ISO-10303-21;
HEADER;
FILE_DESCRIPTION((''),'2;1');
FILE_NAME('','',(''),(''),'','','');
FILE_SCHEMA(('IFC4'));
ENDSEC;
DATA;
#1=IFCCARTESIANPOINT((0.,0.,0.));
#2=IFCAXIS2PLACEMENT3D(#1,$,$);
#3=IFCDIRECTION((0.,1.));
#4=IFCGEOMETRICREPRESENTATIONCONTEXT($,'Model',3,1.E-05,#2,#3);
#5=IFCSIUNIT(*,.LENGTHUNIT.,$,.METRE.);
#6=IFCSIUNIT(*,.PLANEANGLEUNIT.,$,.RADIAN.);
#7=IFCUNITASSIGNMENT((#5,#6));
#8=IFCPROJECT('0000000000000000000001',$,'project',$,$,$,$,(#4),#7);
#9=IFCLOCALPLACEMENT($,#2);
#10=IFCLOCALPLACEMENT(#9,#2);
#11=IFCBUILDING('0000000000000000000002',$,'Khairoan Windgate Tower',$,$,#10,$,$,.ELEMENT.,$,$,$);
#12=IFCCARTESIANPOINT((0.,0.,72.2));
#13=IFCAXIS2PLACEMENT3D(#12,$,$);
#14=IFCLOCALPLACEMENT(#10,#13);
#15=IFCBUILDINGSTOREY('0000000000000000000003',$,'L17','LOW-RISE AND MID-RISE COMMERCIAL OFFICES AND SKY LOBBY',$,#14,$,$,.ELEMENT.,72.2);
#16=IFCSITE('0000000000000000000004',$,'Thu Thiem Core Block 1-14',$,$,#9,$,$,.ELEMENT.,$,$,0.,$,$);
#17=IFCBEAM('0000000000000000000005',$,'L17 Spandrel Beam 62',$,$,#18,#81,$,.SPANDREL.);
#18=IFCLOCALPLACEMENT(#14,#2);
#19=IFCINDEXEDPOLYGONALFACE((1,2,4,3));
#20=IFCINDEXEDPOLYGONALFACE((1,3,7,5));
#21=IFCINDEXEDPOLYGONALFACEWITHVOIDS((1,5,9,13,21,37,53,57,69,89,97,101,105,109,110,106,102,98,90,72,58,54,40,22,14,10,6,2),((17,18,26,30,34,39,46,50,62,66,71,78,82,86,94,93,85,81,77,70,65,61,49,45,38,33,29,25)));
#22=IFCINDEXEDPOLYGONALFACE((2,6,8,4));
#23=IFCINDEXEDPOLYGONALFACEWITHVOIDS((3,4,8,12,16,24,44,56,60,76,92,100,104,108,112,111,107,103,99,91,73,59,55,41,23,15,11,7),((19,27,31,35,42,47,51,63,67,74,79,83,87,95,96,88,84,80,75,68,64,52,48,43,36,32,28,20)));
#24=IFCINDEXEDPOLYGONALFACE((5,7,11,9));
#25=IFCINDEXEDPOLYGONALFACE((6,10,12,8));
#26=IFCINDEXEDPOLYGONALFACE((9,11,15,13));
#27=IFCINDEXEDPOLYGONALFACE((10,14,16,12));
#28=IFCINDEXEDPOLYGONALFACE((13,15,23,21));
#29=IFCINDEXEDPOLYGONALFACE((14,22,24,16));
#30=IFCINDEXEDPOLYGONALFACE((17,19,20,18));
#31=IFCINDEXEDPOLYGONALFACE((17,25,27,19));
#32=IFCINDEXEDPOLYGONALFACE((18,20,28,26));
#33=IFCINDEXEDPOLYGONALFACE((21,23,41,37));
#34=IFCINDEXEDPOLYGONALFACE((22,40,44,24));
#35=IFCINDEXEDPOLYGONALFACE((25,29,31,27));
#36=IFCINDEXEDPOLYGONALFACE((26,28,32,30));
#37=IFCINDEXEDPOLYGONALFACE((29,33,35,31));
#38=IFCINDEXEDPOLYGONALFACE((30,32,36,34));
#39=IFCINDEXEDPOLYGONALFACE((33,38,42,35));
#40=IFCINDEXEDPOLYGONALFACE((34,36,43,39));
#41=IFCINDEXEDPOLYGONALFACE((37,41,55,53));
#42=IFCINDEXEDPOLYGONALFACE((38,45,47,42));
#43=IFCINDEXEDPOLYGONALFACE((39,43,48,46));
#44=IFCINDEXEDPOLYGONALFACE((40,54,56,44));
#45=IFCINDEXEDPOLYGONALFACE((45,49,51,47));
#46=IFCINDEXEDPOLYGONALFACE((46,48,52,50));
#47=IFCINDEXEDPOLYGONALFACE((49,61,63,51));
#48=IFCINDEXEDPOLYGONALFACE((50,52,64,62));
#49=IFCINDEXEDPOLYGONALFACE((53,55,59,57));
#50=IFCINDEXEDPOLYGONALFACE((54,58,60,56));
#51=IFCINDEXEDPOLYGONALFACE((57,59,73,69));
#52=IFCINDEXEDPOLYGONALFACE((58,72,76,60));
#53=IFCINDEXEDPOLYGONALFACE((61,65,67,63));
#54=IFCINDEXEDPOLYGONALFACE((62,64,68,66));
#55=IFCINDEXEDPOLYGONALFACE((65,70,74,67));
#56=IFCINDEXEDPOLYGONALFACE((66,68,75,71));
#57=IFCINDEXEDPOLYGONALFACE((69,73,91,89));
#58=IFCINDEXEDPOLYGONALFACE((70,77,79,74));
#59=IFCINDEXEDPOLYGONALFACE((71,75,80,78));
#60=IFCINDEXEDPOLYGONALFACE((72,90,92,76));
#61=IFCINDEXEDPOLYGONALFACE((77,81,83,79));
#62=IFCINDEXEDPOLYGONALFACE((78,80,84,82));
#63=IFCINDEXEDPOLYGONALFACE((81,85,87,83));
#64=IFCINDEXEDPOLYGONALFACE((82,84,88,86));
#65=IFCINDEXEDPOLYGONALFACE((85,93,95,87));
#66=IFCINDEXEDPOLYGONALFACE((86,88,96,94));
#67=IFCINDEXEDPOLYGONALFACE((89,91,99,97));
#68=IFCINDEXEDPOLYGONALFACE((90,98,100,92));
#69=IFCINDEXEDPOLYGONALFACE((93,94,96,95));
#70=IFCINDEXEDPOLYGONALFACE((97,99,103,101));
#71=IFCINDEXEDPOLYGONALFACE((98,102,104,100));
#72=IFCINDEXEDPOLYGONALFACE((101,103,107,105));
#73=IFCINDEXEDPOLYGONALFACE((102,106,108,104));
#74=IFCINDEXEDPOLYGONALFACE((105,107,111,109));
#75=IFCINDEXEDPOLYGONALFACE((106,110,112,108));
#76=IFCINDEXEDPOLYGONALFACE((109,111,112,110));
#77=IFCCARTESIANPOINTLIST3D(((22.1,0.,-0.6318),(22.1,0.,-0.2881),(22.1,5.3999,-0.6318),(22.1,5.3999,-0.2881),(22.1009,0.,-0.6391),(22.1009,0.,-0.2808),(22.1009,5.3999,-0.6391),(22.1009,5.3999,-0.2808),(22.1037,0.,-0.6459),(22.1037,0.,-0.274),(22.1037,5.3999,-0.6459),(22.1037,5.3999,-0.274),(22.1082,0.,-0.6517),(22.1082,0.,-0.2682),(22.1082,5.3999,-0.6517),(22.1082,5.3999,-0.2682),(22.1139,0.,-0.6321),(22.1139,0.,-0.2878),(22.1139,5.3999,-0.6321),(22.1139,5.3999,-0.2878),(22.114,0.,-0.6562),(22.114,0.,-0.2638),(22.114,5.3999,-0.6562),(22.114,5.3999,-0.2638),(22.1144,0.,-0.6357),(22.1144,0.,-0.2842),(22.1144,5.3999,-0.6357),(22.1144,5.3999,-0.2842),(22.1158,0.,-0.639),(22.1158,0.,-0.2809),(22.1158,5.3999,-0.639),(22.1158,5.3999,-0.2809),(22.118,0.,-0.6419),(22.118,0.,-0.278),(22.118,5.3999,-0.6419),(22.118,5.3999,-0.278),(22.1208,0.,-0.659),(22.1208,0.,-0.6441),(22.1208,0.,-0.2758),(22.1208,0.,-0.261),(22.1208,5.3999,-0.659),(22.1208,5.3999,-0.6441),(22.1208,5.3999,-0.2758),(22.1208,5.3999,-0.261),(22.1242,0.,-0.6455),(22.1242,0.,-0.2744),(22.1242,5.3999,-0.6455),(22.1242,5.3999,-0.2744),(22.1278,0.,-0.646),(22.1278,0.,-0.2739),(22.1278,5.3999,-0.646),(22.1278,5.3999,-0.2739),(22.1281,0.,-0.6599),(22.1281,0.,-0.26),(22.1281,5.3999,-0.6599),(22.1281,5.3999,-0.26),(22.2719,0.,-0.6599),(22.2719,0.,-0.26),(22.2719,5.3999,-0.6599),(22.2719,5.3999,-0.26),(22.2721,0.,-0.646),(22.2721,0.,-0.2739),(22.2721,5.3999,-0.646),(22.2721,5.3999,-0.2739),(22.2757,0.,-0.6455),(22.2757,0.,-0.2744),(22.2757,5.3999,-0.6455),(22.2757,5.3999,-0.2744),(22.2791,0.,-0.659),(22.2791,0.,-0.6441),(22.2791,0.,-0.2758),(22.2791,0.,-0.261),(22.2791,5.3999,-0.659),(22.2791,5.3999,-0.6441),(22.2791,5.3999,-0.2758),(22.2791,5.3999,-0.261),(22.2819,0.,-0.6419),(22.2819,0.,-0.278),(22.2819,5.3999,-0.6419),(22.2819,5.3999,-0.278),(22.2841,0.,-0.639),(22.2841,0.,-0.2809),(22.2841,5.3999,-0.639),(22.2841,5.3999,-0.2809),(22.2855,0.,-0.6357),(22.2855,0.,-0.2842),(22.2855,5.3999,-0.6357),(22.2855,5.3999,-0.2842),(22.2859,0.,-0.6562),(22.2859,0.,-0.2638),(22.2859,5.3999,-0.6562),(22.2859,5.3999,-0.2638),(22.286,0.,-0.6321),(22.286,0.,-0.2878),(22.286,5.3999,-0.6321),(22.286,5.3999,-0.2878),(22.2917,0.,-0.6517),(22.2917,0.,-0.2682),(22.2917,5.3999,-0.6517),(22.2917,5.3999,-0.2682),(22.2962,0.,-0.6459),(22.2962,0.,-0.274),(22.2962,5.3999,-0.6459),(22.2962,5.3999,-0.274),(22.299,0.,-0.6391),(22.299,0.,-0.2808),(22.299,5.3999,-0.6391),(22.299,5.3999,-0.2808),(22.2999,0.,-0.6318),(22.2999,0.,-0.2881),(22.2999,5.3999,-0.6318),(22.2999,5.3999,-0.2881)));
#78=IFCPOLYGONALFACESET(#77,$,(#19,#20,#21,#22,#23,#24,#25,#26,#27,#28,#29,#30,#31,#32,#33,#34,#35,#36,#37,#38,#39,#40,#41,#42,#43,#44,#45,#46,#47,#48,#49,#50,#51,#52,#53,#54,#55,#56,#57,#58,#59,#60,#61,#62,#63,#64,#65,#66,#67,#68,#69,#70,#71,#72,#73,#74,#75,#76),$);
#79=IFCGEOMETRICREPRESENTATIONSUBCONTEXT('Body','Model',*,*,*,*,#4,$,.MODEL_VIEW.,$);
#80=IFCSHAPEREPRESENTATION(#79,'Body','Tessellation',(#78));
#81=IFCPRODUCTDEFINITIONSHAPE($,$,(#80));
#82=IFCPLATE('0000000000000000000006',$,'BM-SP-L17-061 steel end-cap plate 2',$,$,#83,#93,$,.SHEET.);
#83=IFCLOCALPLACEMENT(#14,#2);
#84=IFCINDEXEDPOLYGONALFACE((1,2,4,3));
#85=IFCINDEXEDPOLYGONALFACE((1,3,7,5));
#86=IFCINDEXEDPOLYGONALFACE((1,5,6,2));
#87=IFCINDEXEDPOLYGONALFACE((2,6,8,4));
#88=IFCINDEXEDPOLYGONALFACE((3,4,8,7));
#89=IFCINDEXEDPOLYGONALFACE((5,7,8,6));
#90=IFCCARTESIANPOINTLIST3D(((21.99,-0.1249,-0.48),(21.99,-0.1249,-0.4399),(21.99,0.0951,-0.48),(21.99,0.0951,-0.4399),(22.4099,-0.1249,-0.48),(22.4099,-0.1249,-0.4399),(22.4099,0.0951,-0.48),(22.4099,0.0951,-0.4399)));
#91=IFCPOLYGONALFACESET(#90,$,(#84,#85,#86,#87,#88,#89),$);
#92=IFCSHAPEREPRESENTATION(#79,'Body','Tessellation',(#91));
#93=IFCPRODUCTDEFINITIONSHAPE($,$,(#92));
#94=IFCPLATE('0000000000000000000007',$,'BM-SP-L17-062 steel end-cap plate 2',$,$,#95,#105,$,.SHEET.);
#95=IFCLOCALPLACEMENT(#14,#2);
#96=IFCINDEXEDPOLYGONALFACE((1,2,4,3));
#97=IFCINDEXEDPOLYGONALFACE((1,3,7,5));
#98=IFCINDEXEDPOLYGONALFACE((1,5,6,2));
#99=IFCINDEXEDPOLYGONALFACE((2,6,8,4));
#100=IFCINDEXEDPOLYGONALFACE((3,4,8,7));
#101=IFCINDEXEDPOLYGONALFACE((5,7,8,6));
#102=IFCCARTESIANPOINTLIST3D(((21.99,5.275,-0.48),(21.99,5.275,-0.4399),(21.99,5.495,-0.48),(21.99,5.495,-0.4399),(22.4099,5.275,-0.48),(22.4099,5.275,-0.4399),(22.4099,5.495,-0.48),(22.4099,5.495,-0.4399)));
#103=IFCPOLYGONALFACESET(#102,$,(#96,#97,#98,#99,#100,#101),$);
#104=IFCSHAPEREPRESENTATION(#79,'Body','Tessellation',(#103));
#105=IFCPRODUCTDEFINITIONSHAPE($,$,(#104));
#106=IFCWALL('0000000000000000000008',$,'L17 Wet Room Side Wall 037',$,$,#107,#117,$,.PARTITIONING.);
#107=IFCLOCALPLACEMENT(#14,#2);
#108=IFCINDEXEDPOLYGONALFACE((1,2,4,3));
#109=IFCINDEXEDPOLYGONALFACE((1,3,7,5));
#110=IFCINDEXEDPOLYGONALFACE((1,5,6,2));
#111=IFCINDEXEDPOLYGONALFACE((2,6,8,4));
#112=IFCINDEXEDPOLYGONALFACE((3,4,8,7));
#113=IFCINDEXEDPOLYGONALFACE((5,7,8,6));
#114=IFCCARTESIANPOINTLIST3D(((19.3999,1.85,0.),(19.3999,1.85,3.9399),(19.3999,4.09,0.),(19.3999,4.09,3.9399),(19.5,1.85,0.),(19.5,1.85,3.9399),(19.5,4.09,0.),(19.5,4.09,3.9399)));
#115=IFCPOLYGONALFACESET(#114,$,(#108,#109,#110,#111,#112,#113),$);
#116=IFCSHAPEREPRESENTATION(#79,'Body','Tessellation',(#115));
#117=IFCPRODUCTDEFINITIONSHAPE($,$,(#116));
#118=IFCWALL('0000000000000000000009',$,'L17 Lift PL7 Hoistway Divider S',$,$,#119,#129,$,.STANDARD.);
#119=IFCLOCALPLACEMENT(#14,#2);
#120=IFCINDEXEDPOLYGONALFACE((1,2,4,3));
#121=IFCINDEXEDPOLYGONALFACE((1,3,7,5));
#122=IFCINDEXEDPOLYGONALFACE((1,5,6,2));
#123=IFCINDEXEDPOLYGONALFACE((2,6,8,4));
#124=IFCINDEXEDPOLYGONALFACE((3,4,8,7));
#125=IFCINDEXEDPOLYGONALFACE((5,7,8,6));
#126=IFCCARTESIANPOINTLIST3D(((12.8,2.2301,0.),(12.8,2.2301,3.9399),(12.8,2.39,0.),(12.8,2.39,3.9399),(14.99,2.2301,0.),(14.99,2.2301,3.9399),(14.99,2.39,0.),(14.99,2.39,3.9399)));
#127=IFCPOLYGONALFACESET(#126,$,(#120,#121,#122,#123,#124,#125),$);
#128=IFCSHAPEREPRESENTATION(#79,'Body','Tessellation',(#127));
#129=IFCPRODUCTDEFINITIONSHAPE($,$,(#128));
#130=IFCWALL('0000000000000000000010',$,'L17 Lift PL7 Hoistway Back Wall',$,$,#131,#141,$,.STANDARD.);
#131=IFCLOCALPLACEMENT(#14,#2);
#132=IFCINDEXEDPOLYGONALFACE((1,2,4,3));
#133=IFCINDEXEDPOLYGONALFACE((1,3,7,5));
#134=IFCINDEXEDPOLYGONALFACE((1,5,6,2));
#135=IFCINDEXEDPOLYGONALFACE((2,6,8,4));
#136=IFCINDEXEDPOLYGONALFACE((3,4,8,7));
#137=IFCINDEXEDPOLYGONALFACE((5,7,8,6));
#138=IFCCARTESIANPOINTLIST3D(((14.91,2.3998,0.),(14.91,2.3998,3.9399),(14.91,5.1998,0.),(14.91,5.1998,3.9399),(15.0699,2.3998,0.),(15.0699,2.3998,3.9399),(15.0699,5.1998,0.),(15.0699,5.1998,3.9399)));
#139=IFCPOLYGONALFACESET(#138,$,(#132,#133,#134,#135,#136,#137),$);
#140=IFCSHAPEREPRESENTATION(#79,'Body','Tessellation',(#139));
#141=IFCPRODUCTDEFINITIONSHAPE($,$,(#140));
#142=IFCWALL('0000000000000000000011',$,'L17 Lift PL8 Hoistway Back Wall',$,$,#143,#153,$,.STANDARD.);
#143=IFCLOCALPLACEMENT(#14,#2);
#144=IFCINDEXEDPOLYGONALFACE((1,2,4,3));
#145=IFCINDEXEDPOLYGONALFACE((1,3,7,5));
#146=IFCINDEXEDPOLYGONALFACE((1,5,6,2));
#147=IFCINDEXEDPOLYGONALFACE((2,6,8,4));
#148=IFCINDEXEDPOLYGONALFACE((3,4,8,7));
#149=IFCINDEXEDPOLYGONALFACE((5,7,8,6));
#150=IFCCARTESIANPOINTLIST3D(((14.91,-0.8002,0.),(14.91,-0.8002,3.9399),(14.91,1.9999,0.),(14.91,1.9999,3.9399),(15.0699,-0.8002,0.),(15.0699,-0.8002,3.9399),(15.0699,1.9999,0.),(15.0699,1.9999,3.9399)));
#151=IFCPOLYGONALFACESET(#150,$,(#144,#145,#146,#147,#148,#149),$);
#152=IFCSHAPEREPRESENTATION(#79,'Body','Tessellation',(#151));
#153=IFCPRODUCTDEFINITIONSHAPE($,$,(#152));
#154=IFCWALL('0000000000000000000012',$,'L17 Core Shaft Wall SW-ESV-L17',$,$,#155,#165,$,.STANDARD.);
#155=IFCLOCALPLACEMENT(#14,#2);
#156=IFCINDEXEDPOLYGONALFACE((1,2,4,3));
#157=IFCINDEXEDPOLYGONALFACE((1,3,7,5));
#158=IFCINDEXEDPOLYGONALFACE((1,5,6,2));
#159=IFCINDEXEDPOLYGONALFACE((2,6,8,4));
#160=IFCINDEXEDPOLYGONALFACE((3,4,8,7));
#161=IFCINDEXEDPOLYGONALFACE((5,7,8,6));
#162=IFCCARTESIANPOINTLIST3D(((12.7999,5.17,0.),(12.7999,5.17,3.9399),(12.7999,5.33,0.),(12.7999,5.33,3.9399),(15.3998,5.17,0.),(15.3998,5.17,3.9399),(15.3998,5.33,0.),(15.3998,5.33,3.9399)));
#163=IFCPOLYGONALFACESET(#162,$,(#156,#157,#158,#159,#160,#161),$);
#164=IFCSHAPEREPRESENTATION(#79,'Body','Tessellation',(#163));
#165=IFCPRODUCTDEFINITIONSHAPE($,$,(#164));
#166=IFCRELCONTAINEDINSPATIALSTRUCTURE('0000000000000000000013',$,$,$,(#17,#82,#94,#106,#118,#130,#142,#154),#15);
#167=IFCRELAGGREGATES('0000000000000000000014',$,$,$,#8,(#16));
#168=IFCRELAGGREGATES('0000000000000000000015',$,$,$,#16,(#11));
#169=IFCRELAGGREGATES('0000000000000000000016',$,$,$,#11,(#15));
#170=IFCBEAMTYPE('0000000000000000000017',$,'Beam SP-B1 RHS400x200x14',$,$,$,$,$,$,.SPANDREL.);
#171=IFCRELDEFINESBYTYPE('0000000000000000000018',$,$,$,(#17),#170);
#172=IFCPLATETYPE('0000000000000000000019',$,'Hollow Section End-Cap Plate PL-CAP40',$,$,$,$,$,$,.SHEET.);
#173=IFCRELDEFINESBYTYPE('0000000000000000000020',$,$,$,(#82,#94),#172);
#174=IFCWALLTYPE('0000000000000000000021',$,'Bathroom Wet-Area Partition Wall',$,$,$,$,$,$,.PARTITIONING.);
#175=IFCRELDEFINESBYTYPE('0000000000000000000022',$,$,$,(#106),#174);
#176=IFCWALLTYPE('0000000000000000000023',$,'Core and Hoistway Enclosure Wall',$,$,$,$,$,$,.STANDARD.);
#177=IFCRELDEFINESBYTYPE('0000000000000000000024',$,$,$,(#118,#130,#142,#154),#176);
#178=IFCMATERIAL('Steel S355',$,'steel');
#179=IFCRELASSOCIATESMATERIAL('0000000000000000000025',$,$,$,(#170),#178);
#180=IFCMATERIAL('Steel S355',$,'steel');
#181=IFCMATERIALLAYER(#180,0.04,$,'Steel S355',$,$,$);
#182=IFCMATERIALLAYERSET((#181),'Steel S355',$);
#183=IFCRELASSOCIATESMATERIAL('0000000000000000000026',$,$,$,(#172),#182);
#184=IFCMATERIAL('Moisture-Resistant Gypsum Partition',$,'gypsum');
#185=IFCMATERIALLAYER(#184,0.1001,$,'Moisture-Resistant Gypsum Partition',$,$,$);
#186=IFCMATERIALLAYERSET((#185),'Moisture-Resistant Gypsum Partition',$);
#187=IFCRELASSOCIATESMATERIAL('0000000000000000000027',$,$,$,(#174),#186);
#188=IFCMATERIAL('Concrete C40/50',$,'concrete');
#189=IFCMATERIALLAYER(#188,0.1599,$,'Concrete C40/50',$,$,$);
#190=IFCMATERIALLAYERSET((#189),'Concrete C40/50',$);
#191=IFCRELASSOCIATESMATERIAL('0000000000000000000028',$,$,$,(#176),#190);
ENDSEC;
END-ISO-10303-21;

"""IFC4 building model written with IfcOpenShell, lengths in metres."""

from ifc_helpers import new_model, si_unit, direction, frame, frame_2d, origin, origin_2d, place, context, subcontext, project, spatial, rectangle, hollow_rectangle, extrude, material, layer, layer_set, material_profile, profile_set, type_object, element, save


model = new_model("IFC4")

# Units and contexts
model_context = context("Model", 3, precision=1e-05, world=origin(), true_north=direction((0.0, 1.0)))
body_context = subcontext(model_context, "Body", "Model", "MODEL_VIEW")
ifc_project = project(units=[si_unit("LENGTHUNIT", "METRE"), si_unit("PLANEANGLEUNIT", "RADIAN")], contexts=[model_context])

# Site, building, storey
site_placement = place(None, origin())
site = spatial("IfcSite", under=ifc_project, at=site_placement, Name="Thu Thiem Core Block 1-14", CompositionType="ELEMENT", RefElevation=0.0)
building_placement = place(site_placement, origin())
building = spatial("IfcBuilding", under=site, at=building_placement, Name="Khairoan Windgate Tower", CompositionType="ELEMENT")
storey_placement = place(building_placement, frame((0.0, 0.0, 72.2)))
storey = spatial("IfcBuildingStorey", under=building, at=storey_placement, Name="L17", Description="LOW-RISE AND MID-RISE COMMERCIAL OFFICES AND SKY LOBBY", CompositionType="ELEMENT", Elevation=72.2)

# Beam
ifc_material_1 = material(Name="Steel S355", Category="steel")
ifc_material_profile_1 = material_profile(ifc_material_1, hollow_rectangle(XDim=0.2, YDim=0.3999, WallThickness=0.0139, InnerFilletRadius=0.0139, OuterFilletRadius=0.0281, at=origin_2d()))
ifc_profile_set_1 = profile_set([ifc_material_profile_1], Name="Steel S355")
beam_type_1 = type_object("IfcBeamType", Name="Beam SP-B1 RHS400x200x14", PredefinedType="SPANDREL", material=ifc_profile_set_1)
beam_1_placement = place(storey_placement, frame((22.2, 0.0, -0.46), z_axis=(0.0, 1.0, 0.0), x_axis=(-1.0, 0.0, 0.0)))
element("IfcBeam", 1, at=beam_1_placement, inside=storey, type_object=beam_type_1, Name="L17 Spandrel Beam 62", PredefinedType="SPANDREL", context=body_context, shape_type="SweptSolid", body=[
    extrude(hollow_rectangle(XDim=0.2, YDim=0.3999, WallThickness=0.0139, InnerFilletRadius=0.0139, OuterFilletRadius=0.0281, at=origin_2d()), origin(), (0.0, 0.0, 1.0), 5.3999),
])

# Plates
ifc_material_2 = material(Name="Steel S355", Category="steel")
ifc_layer_1 = layer(ifc_material_2, 0.04, Name="Steel S355")
ifc_layer_set_1 = layer_set([ifc_layer_1], Name="Steel S355")
plate_type = type_object("IfcPlateType", Name="Hollow Section End-Cap Plate PL-CAP40", PredefinedType="SHEET", material=ifc_layer_set_1)
for number, where, z_axis, x_axis, name in (
    (2, (22.2, -0.0149, -0.48), (0.0, 0.0, 1.0), (0.0, 1.0, 0.0), "BM-SP-L17-061 steel end-cap plate 2"),
    (3, (22.2, 5.385, -0.48), (0.0, 0.0, 1.0), (0.0, 1.0, 0.0), "BM-SP-L17-062 steel end-cap plate 2"),
):
    element("IfcPlate", number, at=place(storey_placement, frame(where, z_axis=z_axis, x_axis=x_axis)), inside=storey, type_object=plate_type, Name=name, PredefinedType="SHEET", context=body_context, shape_type="SweptSolid", body=[
        extrude(rectangle(XDim=0.22, YDim=0.4199, at=origin_2d()), origin(), (0.0, 0.0, 1.0), 0.04),
    ])

# Walls
ifc_material_3 = material(Name="Moisture-Resistant Gypsum Partition", Category="gypsum")
ifc_layer_2 = layer(ifc_material_3, 0.1001, Name="Moisture-Resistant Gypsum Partition")
ifc_layer_set_2 = layer_set([ifc_layer_2], Name="Moisture-Resistant Gypsum Partition")
wall_type_1 = type_object("IfcWallType", Name="Bathroom Wet-Area Partition Wall", PredefinedType="PARTITIONING", material=ifc_layer_set_2)
wall_1_placement = place(storey_placement, frame((19.45, 4.0901, 0.0), z_axis=(0.0, 0.0, 1.0), x_axis=(0.0, -1.0, 0.0)))
element("IfcWall", 4, at=wall_1_placement, inside=storey, type_object=wall_type_1, Name="L17 Wet Room Side Wall 037", PredefinedType="PARTITIONING", context=body_context, shape_type="SweptSolid", body=[
    extrude(rectangle(XDim=2.24, YDim=0.1001, at=frame_2d((1.1201, 0.0))), origin(), (0.0, 0.0, 1.0), 3.9399),
])
ifc_material_4 = material(Name="Concrete C40/50", Category="concrete")
ifc_layer_3 = layer(ifc_material_4, 0.1599, Name="Concrete C40/50")
ifc_layer_set_3 = layer_set([ifc_layer_3], Name="Concrete C40/50")
wall_type_2 = type_object("IfcWallType", Name="Core and Hoistway Enclosure Wall", PredefinedType="STANDARD", material=ifc_layer_set_3)
wall_2_placement = place(storey_placement, frame((12.8, 2.3101, 0.0), z_axis=(0.0, 0.0, 1.0), x_axis=(1.0, 0.0, 0.0)))
element("IfcWall", 5, at=wall_2_placement, inside=storey, type_object=wall_type_2, Name="L17 Lift PL7 Hoistway Divider S", PredefinedType="STANDARD", context=body_context, shape_type="SweptSolid", body=[
    extrude(rectangle(XDim=2.1899, YDim=0.1599, at=frame_2d((1.095, 0.0))), origin(), (0.0, 0.0, 1.0), 3.9399),
])
for number, where, z_axis, x_axis, name in (
    (6, (14.99, 2.3999, 0.0), (0.0, 0.0, 1.0), (0.0, 1.0, 0.0), "L17 Lift PL7 Hoistway Back Wall"),
    (7, (14.99, -0.8, 0.0), (0.0, 0.0, 1.0), (0.0, 1.0, 0.0), "L17 Lift PL8 Hoistway Back Wall"),
):
    element("IfcWall", number, at=place(storey_placement, frame(where, z_axis=z_axis, x_axis=x_axis)), inside=storey, type_object=wall_type_2, Name=name, PredefinedType="STANDARD", context=body_context, shape_type="SweptSolid", body=[
        extrude(rectangle(XDim=2.8, YDim=0.1599, at=frame_2d((1.3999, 0.0))), origin(), (0.0, 0.0, 1.0), 3.9399),
    ])
wall_3_placement = place(storey_placement, frame((12.8, 5.25, 0.0), z_axis=(0.0, 0.0, 1.0), x_axis=(1.0, 0.0, 0.0)))
element("IfcWall", 8, at=wall_3_placement, inside=storey, type_object=wall_type_2, Name="L17 Core Shaft Wall SW-ESV-L17", PredefinedType="STANDARD", context=body_context, shape_type="SweptSolid", body=[
    extrude(rectangle(XDim=2.5999, YDim=0.1599, at=frame_2d((1.2998, 0.0))), origin(), (0.0, 0.0, 1.0), 3.9399),
])

save(model, "model.ifc")
